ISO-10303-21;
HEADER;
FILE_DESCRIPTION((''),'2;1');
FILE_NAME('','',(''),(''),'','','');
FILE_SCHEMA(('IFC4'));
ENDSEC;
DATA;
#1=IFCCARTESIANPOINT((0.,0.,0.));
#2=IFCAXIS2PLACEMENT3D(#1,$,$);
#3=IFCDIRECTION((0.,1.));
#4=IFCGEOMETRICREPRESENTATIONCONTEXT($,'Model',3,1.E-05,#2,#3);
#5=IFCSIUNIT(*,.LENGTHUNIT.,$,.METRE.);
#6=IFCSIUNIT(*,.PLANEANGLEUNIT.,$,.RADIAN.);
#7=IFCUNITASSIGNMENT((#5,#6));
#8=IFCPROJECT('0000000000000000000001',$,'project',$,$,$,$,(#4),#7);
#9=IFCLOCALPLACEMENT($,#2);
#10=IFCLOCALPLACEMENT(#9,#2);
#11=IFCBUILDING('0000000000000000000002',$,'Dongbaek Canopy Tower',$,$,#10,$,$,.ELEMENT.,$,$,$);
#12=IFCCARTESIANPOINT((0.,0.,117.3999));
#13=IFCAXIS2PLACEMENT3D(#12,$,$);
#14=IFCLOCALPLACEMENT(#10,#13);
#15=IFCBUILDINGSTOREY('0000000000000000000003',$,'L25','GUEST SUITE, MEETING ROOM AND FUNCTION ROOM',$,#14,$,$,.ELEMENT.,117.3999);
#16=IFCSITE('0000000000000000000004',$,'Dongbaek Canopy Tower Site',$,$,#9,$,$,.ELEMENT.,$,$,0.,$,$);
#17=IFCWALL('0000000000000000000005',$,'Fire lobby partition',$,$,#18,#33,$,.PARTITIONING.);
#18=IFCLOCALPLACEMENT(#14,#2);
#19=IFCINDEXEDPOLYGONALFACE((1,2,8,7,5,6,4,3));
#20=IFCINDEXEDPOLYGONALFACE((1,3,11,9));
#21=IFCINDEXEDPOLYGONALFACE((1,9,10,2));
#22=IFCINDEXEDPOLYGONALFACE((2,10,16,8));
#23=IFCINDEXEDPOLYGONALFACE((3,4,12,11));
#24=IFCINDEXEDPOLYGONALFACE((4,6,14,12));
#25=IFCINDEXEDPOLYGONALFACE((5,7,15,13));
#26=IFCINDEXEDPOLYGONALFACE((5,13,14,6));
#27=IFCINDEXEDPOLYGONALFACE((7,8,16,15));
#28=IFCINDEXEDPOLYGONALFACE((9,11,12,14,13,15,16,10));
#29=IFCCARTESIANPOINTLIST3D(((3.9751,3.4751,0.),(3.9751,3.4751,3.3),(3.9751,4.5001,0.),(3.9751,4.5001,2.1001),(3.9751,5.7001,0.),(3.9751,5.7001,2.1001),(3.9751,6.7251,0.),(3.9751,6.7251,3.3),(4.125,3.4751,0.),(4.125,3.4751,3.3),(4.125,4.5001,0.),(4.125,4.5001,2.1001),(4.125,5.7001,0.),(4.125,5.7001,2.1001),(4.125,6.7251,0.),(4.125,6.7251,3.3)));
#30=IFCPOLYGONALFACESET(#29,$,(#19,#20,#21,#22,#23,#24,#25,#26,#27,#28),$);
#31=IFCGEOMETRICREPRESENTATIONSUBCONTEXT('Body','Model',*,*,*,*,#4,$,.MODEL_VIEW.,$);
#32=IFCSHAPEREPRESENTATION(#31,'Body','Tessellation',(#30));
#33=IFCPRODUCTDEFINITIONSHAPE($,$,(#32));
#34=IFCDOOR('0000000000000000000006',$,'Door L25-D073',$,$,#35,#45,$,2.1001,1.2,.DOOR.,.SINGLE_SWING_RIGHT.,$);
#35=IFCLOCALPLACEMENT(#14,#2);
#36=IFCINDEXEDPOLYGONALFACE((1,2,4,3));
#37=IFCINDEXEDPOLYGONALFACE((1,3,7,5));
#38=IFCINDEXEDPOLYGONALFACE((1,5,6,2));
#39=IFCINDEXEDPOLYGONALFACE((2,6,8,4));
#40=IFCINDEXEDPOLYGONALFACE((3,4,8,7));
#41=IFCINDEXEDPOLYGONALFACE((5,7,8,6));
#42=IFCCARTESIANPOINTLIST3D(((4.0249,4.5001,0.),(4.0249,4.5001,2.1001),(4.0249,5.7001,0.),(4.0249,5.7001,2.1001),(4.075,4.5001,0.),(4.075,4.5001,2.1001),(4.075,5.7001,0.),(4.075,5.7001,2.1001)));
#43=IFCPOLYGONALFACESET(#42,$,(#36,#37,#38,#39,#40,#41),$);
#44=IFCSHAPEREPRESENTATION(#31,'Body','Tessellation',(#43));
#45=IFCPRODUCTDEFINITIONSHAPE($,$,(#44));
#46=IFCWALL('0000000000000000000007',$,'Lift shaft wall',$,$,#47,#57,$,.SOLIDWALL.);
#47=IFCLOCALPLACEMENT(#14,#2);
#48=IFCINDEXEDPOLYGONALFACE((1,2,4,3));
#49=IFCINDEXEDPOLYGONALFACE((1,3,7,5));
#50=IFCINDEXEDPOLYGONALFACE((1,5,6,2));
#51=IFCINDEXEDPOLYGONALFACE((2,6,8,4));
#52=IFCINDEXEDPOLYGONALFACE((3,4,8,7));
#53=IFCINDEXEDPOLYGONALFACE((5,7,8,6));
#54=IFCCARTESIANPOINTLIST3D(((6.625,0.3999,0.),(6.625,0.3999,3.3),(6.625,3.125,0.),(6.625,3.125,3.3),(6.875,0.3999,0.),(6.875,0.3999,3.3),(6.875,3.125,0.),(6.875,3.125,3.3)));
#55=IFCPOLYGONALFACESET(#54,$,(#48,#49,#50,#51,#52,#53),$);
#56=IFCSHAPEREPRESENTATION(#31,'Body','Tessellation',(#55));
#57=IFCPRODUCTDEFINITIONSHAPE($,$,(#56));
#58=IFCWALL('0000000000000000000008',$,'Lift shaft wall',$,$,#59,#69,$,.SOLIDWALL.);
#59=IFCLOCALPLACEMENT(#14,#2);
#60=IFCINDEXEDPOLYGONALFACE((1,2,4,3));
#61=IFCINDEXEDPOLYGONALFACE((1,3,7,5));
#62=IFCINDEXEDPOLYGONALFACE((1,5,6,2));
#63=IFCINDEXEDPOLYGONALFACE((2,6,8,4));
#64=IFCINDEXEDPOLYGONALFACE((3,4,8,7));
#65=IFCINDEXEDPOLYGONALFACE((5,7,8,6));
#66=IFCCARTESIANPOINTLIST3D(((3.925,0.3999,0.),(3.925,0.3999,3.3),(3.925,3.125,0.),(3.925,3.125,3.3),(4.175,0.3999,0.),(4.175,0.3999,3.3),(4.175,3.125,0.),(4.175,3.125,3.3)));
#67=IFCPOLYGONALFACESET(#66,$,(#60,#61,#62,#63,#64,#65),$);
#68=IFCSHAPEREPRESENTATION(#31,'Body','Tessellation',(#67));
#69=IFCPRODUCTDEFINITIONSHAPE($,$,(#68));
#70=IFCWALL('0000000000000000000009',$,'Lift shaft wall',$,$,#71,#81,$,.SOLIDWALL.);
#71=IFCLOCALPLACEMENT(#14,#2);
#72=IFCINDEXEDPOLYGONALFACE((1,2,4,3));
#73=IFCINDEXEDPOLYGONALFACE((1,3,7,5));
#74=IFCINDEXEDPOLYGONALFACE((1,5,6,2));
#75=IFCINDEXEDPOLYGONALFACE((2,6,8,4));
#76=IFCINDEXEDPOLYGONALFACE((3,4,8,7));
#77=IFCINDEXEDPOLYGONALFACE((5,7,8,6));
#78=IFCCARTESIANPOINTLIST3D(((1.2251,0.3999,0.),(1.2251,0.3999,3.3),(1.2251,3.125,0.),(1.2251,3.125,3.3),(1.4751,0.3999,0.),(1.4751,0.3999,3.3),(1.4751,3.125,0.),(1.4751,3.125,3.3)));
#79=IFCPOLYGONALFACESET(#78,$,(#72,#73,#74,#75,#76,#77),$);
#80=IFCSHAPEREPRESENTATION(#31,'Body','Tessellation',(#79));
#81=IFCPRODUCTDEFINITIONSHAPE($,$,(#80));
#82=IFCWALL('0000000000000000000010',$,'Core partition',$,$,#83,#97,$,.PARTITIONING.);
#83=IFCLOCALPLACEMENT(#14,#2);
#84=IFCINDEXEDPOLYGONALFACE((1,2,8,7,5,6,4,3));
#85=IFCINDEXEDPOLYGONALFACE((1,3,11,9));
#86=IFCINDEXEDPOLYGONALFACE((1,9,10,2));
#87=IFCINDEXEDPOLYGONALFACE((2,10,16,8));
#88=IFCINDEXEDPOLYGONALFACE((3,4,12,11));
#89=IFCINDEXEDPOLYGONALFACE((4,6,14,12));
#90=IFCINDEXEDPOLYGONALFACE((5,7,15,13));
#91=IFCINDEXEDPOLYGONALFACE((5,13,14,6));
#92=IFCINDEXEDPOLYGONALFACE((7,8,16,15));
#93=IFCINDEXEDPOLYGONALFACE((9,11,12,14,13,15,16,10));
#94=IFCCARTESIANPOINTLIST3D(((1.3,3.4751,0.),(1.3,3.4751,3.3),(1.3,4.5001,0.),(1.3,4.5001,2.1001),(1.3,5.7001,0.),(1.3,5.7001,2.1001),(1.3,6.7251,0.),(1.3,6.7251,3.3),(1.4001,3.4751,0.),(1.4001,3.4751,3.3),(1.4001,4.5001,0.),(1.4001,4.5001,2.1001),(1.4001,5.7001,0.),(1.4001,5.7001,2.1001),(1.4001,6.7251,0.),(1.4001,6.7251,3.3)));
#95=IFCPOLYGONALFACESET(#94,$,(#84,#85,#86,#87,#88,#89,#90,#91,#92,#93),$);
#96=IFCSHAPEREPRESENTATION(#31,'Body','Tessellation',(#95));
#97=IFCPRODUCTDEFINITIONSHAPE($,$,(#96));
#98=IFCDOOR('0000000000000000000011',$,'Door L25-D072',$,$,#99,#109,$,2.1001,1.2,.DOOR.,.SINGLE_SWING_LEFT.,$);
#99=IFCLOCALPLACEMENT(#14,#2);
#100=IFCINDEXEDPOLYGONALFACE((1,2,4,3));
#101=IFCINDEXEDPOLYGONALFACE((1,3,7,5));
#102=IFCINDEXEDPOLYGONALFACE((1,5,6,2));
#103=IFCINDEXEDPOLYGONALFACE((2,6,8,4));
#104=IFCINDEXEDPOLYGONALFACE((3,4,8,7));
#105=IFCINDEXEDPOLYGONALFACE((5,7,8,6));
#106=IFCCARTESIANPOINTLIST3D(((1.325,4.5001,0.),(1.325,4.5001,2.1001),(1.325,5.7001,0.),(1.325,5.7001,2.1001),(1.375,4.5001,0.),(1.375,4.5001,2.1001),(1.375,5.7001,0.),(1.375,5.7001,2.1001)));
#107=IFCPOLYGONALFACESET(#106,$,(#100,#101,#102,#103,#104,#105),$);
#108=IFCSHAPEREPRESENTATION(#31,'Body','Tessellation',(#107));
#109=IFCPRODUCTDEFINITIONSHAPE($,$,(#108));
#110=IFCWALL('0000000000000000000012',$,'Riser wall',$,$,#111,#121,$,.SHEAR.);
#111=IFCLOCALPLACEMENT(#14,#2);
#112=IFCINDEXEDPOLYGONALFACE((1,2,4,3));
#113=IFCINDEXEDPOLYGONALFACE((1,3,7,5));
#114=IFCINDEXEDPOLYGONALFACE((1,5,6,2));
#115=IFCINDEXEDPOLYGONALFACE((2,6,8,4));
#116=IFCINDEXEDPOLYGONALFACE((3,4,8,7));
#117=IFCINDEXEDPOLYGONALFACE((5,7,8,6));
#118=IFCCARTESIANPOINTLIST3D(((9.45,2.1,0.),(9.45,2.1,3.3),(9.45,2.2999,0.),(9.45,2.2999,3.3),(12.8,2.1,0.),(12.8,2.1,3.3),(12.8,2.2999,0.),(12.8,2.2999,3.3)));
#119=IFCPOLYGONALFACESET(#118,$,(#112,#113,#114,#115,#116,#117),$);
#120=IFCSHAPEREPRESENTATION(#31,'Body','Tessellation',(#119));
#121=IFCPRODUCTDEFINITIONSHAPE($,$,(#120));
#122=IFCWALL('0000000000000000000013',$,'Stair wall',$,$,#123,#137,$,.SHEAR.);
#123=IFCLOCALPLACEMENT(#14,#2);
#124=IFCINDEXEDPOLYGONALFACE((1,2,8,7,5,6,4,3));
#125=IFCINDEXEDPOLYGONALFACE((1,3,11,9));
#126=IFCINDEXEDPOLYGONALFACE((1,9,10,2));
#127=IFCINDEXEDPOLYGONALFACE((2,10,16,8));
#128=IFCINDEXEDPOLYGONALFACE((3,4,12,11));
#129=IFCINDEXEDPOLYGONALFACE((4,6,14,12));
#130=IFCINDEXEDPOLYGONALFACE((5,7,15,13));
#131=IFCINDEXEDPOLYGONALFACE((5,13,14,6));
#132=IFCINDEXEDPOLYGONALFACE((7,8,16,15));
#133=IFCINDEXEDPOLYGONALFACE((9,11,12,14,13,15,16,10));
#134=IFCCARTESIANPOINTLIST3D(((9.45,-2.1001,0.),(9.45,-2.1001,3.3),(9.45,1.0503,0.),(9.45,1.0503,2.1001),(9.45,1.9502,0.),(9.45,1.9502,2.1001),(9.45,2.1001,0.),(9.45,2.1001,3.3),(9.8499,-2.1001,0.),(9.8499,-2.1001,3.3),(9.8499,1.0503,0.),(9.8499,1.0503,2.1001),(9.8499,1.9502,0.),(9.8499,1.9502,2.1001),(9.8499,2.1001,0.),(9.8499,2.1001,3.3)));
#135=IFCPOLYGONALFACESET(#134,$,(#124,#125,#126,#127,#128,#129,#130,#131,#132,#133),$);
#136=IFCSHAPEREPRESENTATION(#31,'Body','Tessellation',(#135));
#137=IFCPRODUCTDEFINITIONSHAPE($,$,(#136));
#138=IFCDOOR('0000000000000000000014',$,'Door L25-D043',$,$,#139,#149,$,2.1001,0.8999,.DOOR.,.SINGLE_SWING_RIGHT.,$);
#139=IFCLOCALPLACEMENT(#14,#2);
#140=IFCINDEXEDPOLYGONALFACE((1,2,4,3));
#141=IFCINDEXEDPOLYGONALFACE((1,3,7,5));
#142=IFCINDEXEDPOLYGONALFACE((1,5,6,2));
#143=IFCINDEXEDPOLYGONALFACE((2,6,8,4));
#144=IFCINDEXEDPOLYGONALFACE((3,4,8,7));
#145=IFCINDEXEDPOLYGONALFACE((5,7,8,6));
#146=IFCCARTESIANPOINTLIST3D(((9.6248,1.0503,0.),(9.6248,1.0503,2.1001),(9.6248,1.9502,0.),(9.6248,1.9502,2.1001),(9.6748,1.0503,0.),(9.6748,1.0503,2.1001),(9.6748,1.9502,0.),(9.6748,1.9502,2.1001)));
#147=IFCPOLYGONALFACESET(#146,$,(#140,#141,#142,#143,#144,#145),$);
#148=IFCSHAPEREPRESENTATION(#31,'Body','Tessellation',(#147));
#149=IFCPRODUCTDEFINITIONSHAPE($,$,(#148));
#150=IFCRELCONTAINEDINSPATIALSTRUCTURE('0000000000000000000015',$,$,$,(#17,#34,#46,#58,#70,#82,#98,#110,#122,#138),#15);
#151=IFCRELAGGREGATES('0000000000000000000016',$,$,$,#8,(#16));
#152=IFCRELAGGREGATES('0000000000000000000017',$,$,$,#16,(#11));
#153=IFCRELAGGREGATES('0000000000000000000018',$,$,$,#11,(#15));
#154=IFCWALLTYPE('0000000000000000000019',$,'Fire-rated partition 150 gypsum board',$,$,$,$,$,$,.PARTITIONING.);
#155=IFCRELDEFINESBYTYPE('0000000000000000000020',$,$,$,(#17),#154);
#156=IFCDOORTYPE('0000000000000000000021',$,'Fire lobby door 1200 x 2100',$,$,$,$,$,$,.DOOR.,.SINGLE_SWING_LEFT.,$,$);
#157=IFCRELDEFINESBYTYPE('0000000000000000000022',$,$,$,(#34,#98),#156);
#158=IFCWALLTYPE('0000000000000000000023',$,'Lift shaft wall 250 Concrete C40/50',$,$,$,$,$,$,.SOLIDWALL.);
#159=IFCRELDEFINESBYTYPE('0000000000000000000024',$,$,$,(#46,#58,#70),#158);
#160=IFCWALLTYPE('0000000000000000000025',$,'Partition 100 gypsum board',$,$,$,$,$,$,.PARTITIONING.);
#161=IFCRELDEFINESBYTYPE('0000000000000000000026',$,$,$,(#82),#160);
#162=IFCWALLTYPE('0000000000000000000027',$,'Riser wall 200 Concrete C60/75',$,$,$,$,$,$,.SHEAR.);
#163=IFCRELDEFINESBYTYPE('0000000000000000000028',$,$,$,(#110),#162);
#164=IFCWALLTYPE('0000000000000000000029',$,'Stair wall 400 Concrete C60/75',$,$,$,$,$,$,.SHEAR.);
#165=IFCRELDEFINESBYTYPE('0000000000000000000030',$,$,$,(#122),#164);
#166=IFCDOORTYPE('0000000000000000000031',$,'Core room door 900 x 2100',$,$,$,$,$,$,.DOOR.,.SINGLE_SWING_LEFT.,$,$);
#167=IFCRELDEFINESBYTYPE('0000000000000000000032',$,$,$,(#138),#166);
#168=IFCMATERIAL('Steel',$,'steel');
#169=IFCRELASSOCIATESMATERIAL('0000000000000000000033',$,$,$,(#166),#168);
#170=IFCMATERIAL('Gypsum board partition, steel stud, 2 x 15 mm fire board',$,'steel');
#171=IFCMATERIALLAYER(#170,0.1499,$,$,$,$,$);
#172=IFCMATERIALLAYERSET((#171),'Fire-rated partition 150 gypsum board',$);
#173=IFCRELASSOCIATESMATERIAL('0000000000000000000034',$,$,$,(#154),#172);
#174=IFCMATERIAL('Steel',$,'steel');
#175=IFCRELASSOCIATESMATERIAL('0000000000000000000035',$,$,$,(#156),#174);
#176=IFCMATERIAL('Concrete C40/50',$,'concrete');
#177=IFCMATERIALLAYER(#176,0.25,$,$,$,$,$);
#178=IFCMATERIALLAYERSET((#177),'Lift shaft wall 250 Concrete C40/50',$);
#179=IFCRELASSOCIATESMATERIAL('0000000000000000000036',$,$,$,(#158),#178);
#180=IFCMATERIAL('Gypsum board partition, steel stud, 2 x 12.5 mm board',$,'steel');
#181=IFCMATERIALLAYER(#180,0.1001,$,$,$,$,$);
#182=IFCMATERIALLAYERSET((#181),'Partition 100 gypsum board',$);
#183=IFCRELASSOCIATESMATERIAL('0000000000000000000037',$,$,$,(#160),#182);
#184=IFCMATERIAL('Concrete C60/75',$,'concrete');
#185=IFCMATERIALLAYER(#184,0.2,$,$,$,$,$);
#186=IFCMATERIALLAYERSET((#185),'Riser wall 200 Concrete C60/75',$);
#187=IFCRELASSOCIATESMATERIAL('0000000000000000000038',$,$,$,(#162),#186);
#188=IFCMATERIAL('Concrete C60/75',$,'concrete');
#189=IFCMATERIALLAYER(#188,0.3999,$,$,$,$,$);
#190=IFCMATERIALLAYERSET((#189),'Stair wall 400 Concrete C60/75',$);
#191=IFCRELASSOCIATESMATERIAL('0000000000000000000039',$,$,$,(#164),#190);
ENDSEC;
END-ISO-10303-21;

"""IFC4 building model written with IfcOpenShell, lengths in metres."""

from ifc_helpers import new_model, si_unit, direction, frame, frame_2d, origin, place, context, subcontext, project, spatial, rectangle, extrude, material, layer, layer_set, type_object, element, fill, save


model = new_model("IFC4")

# Units and contexts
model_context = context("Model", 3, precision=1e-05, world=origin(), true_north=direction((0.0, 1.0)))
body_context = subcontext(model_context, "Body", "Model", "MODEL_VIEW")
ifc_project = project(units=[si_unit("LENGTHUNIT", "METRE"), si_unit("PLANEANGLEUNIT", "RADIAN")], contexts=[model_context])

# Site, building, storey
site_placement = place(None, origin())
site = spatial("IfcSite", under=ifc_project, at=site_placement, Name="Dongbaek Canopy Tower Site", CompositionType="ELEMENT", RefElevation=0.0)
building_placement = place(site_placement, origin())
building = spatial("IfcBuilding", under=site, at=building_placement, Name="Dongbaek Canopy Tower", CompositionType="ELEMENT")
storey_placement = place(building_placement, frame((0.0, 0.0, 117.3999)))
storey = spatial("IfcBuildingStorey", under=building, at=storey_placement, Name="L25", Description="GUEST SUITE, MEETING ROOM AND FUNCTION ROOM", CompositionType="ELEMENT", Elevation=117.3999)

# Shared definitions
ifc_material_1 = material(Name="Steel", Category="steel")
door_type_1 = type_object("IfcDoorType", Name="Core room door 900 x 2100", OperationType="SINGLE_SWING_LEFT", PredefinedType="DOOR", material=ifc_material_1)

# Wall, opening, door
ifc_material_2 = material(Name="Gypsum board partition, steel stud, 2 x 15 mm fire board", Category="steel")
ifc_layer_1 = layer(ifc_material_2, 0.1499)
ifc_layer_set_1 = layer_set([ifc_layer_1], Name="Fire-rated partition 150 gypsum board")
wall_type_1 = type_object("IfcWallType", Name="Fire-rated partition 150 gypsum board", PredefinedType="PARTITIONING", material=ifc_layer_set_1)
wall_1_placement = place(storey_placement, frame((4.05, 6.7251, 0.0), z_axis=(0.0, 0.0, 1.0), x_axis=(0.0, -1.0, 0.0)))
wall_1 = element("IfcWall", 1, at=wall_1_placement, inside=storey, type_object=wall_type_1, Name="Fire lobby partition", PredefinedType="PARTITIONING", context=body_context, shape_type="SweptSolid", body=[
    extrude(rectangle(XDim=3.25, YDim=0.1499, at=frame_2d((1.625, 0.0))), origin(), (0.0, 0.0, 1.0), 3.3),
])
opening_1_placement = place(wall_1_placement, frame((1.0249, 0.0, 0.0)))
opening_1 = element("IfcOpeningElement", 2, at=opening_1_placement, cuts=wall_1, PredefinedType="OPENING", context=body_context, shape_type="SweptSolid", body=[
    extrude(rectangle(XDim=1.2, YDim=2.1001, at=frame_2d((0.6001, 1.05))), frame((0.0, 0.085, 0.0), z_axis=(0.0, -1.0, 0.0), x_axis=(1.0, 0.0, 0.0)), (0.0, 0.0, 1.0), 0.1699),
])
ifc_material_3 = material(Name="Steel", Category="steel")
door_type_2 = type_object("IfcDoorType", Name="Fire lobby door 1200 x 2100", OperationType="SINGLE_SWING_LEFT", PredefinedType="DOOR", material=ifc_material_3)
door_1_placement = place(opening_1_placement, origin())
door_1 = element("IfcDoor", 3, at=door_1_placement, inside=storey, type_object=door_type_2, Name="Door L25-D073", OperationType="SINGLE_SWING_RIGHT", OverallHeight=2.1001, OverallWidth=1.2, PredefinedType="DOOR", context=body_context, shape_type="SweptSolid", body=[
    extrude(rectangle(XDim=1.2, YDim=2.1001, at=frame_2d((0.6001, 1.05))), frame((0.0, 0.0249, 0.0), z_axis=(0.0, -1.0, 0.0), x_axis=(1.0, 0.0, 0.0)), (0.0, 0.0, 1.0), 0.05),
])
fill(opening_1, door_1)

# Walls
ifc_material_4 = material(Name="Concrete C40/50", Category="concrete")
ifc_layer_2 = layer(ifc_material_4, 0.25)
ifc_layer_set_2 = layer_set([ifc_layer_2], Name="Lift shaft wall 250 Concrete C40/50")
wall_type_2 = type_object("IfcWallType", Name="Lift shaft wall 250 Concrete C40/50", PredefinedType="SOLIDWALL", material=ifc_layer_set_2)
for number, where, z_axis, x_axis, name in (
    (4, (6.75, 0.3999, 0.0), (0.0, 0.0, 1.0), (0.0, 1.0, 0.0), "Lift shaft wall"),
    (5, (4.05, 0.3999, 0.0), (0.0, 0.0, 1.0), (0.0, 1.0, 0.0), "Lift shaft wall"),
    (6, (1.3501, 0.3999, 0.0), (0.0, 0.0, 1.0), (0.0, 1.0, 0.0), "Lift shaft wall"),
):
    element("IfcWall", number, at=place(storey_placement, frame(where, z_axis=z_axis, x_axis=x_axis)), inside=storey, type_object=wall_type_2, Name=name, PredefinedType="SOLIDWALL", context=body_context, shape_type="SweptSolid", body=[
        extrude(rectangle(XDim=2.7251, YDim=0.25, at=frame_2d((1.3625, 0.0))), origin(), (0.0, 0.0, 1.0), 3.3),
    ])

# Wall, opening, door
ifc_material_5 = material(Name="Gypsum board partition, steel stud, 2 x 12.5 mm board", Category="steel")
ifc_layer_3 = layer(ifc_material_5, 0.1001)
ifc_layer_set_3 = layer_set([ifc_layer_3], Name="Partition 100 gypsum board")
wall_type_3 = type_object("IfcWallType", Name="Partition 100 gypsum board", PredefinedType="PARTITIONING", material=ifc_layer_set_3)
wall_2_placement = place(storey_placement, frame((1.3501, 6.7251, 0.0), z_axis=(0.0, 0.0, 1.0), x_axis=(0.0, -1.0, 0.0)))
wall_2 = element("IfcWall", 7, at=wall_2_placement, inside=storey, type_object=wall_type_3, Name="Core partition", PredefinedType="PARTITIONING", context=body_context, shape_type="SweptSolid", body=[
    extrude(rectangle(XDim=3.25, YDim=0.1001, at=frame_2d((1.625, 0.0))), origin(), (0.0, 0.0, 1.0), 3.3),
])
opening_2_placement = place(wall_2_placement, frame((1.0249, 0.0, 0.0)))
opening_2 = element("IfcOpeningElement", 8, at=opening_2_placement, cuts=wall_2, PredefinedType="OPENING", context=body_context, shape_type="SweptSolid", body=[
    extrude(rectangle(XDim=1.2, YDim=2.1001, at=frame_2d((0.6001, 1.05))), frame((0.0, 0.0601, 0.0), z_axis=(0.0, -1.0, 0.0), x_axis=(1.0, 0.0, 0.0)), (0.0, 0.0, 1.0), 0.1201),
])
door_2_placement = place(opening_2_placement, origin())
door_2 = element("IfcDoor", 9, at=door_2_placement, inside=storey, type_object=door_type_2, Name="Door L25-D072", OperationType="SINGLE_SWING_LEFT", OverallHeight=2.1001, OverallWidth=1.2, PredefinedType="DOOR", context=body_context, shape_type="SweptSolid", body=[
    extrude(rectangle(XDim=1.2, YDim=2.1001, at=frame_2d((0.6001, 1.05))), frame((0.0, 0.0249, 0.0), z_axis=(0.0, -1.0, 0.0), x_axis=(1.0, 0.0, 0.0)), (0.0, 0.0, 1.0), 0.05),
])
fill(opening_2, door_2)

# Wall
ifc_material_6 = material(Name="Concrete C60/75", Category="concrete")
ifc_layer_4 = layer(ifc_material_6, 0.2)
ifc_layer_set_4 = layer_set([ifc_layer_4], Name="Riser wall 200 Concrete C60/75")
wall_type_4 = type_object("IfcWallType", Name="Riser wall 200 Concrete C60/75", PredefinedType="SHEAR", material=ifc_layer_set_4)
wall_3_placement = place(storey_placement, frame((9.45, 2.2, 0.0), z_axis=(0.0, 0.0, 1.0), x_axis=(1.0, 0.0, 0.0)))
element("IfcWall", 10, at=wall_3_placement, inside=storey, type_object=wall_type_4, Name="Riser wall", PredefinedType="SHEAR", context=body_context, shape_type="SweptSolid", body=[
    extrude(rectangle(XDim=3.3501, YDim=0.2, at=frame_2d((1.675, 0.0))), origin(), (0.0, 0.0, 1.0), 3.3),
])

# Wall, opening, door
ifc_material_7 = material(Name="Concrete C60/75", Category="concrete")
ifc_layer_5 = layer(ifc_material_7, 0.3999)
ifc_layer_set_5 = layer_set([ifc_layer_5], Name="Stair wall 400 Concrete C60/75")
wall_type_5 = type_object("IfcWallType", Name="Stair wall 400 Concrete C60/75", PredefinedType="SHEAR", material=ifc_layer_set_5)
wall_4_placement = place(storey_placement, frame((9.6499, 2.1001, 0.0), z_axis=(0.0, 0.0, 1.0), x_axis=(0.0, -1.0, 0.0)))
wall_4 = element("IfcWall", 11, at=wall_4_placement, inside=storey, type_object=wall_type_5, Name="Stair wall", PredefinedType="SHEAR", context=body_context, shape_type="SweptSolid", body=[
    extrude(rectangle(XDim=4.2002, YDim=0.3999, at=frame_2d((2.1001, 0.0))), origin(), (0.0, 0.0, 1.0), 3.3),
])
opening_3_placement = place(wall_4_placement, frame((0.1499, 0.0, 0.0)))
opening_3 = element("IfcOpeningElement", 12, at=opening_3_placement, cuts=wall_4, PredefinedType="OPENING", context=body_context, shape_type="SweptSolid", body=[
    extrude(rectangle(XDim=0.8999, YDim=2.1001, at=frame_2d((0.45, 1.05))), frame((0.0, 0.21, 0.0), z_axis=(0.0, -1.0, 0.0), x_axis=(1.0, 0.0, 0.0)), (0.0, 0.0, 1.0), 0.4199),
])
door_3_placement = place(opening_3_placement, origin())
door_3 = element("IfcDoor", 13, at=door_3_placement, inside=storey, type_object=door_type_1, Name="Door L25-D043", OperationType="SINGLE_SWING_RIGHT", OverallHeight=2.1001, OverallWidth=0.8999, PredefinedType="DOOR", context=body_context, shape_type="SweptSolid", body=[
    extrude(rectangle(XDim=0.8999, YDim=2.1001, at=frame_2d((0.45, 1.05))), frame((0.0, 0.0249, 0.0), z_axis=(0.0, -1.0, 0.0), x_axis=(1.0, 0.0, 0.0)), (0.0, 0.0, 1.0), 0.05),
])
fill(opening_3, door_3)

save(model, "model.ifc")
